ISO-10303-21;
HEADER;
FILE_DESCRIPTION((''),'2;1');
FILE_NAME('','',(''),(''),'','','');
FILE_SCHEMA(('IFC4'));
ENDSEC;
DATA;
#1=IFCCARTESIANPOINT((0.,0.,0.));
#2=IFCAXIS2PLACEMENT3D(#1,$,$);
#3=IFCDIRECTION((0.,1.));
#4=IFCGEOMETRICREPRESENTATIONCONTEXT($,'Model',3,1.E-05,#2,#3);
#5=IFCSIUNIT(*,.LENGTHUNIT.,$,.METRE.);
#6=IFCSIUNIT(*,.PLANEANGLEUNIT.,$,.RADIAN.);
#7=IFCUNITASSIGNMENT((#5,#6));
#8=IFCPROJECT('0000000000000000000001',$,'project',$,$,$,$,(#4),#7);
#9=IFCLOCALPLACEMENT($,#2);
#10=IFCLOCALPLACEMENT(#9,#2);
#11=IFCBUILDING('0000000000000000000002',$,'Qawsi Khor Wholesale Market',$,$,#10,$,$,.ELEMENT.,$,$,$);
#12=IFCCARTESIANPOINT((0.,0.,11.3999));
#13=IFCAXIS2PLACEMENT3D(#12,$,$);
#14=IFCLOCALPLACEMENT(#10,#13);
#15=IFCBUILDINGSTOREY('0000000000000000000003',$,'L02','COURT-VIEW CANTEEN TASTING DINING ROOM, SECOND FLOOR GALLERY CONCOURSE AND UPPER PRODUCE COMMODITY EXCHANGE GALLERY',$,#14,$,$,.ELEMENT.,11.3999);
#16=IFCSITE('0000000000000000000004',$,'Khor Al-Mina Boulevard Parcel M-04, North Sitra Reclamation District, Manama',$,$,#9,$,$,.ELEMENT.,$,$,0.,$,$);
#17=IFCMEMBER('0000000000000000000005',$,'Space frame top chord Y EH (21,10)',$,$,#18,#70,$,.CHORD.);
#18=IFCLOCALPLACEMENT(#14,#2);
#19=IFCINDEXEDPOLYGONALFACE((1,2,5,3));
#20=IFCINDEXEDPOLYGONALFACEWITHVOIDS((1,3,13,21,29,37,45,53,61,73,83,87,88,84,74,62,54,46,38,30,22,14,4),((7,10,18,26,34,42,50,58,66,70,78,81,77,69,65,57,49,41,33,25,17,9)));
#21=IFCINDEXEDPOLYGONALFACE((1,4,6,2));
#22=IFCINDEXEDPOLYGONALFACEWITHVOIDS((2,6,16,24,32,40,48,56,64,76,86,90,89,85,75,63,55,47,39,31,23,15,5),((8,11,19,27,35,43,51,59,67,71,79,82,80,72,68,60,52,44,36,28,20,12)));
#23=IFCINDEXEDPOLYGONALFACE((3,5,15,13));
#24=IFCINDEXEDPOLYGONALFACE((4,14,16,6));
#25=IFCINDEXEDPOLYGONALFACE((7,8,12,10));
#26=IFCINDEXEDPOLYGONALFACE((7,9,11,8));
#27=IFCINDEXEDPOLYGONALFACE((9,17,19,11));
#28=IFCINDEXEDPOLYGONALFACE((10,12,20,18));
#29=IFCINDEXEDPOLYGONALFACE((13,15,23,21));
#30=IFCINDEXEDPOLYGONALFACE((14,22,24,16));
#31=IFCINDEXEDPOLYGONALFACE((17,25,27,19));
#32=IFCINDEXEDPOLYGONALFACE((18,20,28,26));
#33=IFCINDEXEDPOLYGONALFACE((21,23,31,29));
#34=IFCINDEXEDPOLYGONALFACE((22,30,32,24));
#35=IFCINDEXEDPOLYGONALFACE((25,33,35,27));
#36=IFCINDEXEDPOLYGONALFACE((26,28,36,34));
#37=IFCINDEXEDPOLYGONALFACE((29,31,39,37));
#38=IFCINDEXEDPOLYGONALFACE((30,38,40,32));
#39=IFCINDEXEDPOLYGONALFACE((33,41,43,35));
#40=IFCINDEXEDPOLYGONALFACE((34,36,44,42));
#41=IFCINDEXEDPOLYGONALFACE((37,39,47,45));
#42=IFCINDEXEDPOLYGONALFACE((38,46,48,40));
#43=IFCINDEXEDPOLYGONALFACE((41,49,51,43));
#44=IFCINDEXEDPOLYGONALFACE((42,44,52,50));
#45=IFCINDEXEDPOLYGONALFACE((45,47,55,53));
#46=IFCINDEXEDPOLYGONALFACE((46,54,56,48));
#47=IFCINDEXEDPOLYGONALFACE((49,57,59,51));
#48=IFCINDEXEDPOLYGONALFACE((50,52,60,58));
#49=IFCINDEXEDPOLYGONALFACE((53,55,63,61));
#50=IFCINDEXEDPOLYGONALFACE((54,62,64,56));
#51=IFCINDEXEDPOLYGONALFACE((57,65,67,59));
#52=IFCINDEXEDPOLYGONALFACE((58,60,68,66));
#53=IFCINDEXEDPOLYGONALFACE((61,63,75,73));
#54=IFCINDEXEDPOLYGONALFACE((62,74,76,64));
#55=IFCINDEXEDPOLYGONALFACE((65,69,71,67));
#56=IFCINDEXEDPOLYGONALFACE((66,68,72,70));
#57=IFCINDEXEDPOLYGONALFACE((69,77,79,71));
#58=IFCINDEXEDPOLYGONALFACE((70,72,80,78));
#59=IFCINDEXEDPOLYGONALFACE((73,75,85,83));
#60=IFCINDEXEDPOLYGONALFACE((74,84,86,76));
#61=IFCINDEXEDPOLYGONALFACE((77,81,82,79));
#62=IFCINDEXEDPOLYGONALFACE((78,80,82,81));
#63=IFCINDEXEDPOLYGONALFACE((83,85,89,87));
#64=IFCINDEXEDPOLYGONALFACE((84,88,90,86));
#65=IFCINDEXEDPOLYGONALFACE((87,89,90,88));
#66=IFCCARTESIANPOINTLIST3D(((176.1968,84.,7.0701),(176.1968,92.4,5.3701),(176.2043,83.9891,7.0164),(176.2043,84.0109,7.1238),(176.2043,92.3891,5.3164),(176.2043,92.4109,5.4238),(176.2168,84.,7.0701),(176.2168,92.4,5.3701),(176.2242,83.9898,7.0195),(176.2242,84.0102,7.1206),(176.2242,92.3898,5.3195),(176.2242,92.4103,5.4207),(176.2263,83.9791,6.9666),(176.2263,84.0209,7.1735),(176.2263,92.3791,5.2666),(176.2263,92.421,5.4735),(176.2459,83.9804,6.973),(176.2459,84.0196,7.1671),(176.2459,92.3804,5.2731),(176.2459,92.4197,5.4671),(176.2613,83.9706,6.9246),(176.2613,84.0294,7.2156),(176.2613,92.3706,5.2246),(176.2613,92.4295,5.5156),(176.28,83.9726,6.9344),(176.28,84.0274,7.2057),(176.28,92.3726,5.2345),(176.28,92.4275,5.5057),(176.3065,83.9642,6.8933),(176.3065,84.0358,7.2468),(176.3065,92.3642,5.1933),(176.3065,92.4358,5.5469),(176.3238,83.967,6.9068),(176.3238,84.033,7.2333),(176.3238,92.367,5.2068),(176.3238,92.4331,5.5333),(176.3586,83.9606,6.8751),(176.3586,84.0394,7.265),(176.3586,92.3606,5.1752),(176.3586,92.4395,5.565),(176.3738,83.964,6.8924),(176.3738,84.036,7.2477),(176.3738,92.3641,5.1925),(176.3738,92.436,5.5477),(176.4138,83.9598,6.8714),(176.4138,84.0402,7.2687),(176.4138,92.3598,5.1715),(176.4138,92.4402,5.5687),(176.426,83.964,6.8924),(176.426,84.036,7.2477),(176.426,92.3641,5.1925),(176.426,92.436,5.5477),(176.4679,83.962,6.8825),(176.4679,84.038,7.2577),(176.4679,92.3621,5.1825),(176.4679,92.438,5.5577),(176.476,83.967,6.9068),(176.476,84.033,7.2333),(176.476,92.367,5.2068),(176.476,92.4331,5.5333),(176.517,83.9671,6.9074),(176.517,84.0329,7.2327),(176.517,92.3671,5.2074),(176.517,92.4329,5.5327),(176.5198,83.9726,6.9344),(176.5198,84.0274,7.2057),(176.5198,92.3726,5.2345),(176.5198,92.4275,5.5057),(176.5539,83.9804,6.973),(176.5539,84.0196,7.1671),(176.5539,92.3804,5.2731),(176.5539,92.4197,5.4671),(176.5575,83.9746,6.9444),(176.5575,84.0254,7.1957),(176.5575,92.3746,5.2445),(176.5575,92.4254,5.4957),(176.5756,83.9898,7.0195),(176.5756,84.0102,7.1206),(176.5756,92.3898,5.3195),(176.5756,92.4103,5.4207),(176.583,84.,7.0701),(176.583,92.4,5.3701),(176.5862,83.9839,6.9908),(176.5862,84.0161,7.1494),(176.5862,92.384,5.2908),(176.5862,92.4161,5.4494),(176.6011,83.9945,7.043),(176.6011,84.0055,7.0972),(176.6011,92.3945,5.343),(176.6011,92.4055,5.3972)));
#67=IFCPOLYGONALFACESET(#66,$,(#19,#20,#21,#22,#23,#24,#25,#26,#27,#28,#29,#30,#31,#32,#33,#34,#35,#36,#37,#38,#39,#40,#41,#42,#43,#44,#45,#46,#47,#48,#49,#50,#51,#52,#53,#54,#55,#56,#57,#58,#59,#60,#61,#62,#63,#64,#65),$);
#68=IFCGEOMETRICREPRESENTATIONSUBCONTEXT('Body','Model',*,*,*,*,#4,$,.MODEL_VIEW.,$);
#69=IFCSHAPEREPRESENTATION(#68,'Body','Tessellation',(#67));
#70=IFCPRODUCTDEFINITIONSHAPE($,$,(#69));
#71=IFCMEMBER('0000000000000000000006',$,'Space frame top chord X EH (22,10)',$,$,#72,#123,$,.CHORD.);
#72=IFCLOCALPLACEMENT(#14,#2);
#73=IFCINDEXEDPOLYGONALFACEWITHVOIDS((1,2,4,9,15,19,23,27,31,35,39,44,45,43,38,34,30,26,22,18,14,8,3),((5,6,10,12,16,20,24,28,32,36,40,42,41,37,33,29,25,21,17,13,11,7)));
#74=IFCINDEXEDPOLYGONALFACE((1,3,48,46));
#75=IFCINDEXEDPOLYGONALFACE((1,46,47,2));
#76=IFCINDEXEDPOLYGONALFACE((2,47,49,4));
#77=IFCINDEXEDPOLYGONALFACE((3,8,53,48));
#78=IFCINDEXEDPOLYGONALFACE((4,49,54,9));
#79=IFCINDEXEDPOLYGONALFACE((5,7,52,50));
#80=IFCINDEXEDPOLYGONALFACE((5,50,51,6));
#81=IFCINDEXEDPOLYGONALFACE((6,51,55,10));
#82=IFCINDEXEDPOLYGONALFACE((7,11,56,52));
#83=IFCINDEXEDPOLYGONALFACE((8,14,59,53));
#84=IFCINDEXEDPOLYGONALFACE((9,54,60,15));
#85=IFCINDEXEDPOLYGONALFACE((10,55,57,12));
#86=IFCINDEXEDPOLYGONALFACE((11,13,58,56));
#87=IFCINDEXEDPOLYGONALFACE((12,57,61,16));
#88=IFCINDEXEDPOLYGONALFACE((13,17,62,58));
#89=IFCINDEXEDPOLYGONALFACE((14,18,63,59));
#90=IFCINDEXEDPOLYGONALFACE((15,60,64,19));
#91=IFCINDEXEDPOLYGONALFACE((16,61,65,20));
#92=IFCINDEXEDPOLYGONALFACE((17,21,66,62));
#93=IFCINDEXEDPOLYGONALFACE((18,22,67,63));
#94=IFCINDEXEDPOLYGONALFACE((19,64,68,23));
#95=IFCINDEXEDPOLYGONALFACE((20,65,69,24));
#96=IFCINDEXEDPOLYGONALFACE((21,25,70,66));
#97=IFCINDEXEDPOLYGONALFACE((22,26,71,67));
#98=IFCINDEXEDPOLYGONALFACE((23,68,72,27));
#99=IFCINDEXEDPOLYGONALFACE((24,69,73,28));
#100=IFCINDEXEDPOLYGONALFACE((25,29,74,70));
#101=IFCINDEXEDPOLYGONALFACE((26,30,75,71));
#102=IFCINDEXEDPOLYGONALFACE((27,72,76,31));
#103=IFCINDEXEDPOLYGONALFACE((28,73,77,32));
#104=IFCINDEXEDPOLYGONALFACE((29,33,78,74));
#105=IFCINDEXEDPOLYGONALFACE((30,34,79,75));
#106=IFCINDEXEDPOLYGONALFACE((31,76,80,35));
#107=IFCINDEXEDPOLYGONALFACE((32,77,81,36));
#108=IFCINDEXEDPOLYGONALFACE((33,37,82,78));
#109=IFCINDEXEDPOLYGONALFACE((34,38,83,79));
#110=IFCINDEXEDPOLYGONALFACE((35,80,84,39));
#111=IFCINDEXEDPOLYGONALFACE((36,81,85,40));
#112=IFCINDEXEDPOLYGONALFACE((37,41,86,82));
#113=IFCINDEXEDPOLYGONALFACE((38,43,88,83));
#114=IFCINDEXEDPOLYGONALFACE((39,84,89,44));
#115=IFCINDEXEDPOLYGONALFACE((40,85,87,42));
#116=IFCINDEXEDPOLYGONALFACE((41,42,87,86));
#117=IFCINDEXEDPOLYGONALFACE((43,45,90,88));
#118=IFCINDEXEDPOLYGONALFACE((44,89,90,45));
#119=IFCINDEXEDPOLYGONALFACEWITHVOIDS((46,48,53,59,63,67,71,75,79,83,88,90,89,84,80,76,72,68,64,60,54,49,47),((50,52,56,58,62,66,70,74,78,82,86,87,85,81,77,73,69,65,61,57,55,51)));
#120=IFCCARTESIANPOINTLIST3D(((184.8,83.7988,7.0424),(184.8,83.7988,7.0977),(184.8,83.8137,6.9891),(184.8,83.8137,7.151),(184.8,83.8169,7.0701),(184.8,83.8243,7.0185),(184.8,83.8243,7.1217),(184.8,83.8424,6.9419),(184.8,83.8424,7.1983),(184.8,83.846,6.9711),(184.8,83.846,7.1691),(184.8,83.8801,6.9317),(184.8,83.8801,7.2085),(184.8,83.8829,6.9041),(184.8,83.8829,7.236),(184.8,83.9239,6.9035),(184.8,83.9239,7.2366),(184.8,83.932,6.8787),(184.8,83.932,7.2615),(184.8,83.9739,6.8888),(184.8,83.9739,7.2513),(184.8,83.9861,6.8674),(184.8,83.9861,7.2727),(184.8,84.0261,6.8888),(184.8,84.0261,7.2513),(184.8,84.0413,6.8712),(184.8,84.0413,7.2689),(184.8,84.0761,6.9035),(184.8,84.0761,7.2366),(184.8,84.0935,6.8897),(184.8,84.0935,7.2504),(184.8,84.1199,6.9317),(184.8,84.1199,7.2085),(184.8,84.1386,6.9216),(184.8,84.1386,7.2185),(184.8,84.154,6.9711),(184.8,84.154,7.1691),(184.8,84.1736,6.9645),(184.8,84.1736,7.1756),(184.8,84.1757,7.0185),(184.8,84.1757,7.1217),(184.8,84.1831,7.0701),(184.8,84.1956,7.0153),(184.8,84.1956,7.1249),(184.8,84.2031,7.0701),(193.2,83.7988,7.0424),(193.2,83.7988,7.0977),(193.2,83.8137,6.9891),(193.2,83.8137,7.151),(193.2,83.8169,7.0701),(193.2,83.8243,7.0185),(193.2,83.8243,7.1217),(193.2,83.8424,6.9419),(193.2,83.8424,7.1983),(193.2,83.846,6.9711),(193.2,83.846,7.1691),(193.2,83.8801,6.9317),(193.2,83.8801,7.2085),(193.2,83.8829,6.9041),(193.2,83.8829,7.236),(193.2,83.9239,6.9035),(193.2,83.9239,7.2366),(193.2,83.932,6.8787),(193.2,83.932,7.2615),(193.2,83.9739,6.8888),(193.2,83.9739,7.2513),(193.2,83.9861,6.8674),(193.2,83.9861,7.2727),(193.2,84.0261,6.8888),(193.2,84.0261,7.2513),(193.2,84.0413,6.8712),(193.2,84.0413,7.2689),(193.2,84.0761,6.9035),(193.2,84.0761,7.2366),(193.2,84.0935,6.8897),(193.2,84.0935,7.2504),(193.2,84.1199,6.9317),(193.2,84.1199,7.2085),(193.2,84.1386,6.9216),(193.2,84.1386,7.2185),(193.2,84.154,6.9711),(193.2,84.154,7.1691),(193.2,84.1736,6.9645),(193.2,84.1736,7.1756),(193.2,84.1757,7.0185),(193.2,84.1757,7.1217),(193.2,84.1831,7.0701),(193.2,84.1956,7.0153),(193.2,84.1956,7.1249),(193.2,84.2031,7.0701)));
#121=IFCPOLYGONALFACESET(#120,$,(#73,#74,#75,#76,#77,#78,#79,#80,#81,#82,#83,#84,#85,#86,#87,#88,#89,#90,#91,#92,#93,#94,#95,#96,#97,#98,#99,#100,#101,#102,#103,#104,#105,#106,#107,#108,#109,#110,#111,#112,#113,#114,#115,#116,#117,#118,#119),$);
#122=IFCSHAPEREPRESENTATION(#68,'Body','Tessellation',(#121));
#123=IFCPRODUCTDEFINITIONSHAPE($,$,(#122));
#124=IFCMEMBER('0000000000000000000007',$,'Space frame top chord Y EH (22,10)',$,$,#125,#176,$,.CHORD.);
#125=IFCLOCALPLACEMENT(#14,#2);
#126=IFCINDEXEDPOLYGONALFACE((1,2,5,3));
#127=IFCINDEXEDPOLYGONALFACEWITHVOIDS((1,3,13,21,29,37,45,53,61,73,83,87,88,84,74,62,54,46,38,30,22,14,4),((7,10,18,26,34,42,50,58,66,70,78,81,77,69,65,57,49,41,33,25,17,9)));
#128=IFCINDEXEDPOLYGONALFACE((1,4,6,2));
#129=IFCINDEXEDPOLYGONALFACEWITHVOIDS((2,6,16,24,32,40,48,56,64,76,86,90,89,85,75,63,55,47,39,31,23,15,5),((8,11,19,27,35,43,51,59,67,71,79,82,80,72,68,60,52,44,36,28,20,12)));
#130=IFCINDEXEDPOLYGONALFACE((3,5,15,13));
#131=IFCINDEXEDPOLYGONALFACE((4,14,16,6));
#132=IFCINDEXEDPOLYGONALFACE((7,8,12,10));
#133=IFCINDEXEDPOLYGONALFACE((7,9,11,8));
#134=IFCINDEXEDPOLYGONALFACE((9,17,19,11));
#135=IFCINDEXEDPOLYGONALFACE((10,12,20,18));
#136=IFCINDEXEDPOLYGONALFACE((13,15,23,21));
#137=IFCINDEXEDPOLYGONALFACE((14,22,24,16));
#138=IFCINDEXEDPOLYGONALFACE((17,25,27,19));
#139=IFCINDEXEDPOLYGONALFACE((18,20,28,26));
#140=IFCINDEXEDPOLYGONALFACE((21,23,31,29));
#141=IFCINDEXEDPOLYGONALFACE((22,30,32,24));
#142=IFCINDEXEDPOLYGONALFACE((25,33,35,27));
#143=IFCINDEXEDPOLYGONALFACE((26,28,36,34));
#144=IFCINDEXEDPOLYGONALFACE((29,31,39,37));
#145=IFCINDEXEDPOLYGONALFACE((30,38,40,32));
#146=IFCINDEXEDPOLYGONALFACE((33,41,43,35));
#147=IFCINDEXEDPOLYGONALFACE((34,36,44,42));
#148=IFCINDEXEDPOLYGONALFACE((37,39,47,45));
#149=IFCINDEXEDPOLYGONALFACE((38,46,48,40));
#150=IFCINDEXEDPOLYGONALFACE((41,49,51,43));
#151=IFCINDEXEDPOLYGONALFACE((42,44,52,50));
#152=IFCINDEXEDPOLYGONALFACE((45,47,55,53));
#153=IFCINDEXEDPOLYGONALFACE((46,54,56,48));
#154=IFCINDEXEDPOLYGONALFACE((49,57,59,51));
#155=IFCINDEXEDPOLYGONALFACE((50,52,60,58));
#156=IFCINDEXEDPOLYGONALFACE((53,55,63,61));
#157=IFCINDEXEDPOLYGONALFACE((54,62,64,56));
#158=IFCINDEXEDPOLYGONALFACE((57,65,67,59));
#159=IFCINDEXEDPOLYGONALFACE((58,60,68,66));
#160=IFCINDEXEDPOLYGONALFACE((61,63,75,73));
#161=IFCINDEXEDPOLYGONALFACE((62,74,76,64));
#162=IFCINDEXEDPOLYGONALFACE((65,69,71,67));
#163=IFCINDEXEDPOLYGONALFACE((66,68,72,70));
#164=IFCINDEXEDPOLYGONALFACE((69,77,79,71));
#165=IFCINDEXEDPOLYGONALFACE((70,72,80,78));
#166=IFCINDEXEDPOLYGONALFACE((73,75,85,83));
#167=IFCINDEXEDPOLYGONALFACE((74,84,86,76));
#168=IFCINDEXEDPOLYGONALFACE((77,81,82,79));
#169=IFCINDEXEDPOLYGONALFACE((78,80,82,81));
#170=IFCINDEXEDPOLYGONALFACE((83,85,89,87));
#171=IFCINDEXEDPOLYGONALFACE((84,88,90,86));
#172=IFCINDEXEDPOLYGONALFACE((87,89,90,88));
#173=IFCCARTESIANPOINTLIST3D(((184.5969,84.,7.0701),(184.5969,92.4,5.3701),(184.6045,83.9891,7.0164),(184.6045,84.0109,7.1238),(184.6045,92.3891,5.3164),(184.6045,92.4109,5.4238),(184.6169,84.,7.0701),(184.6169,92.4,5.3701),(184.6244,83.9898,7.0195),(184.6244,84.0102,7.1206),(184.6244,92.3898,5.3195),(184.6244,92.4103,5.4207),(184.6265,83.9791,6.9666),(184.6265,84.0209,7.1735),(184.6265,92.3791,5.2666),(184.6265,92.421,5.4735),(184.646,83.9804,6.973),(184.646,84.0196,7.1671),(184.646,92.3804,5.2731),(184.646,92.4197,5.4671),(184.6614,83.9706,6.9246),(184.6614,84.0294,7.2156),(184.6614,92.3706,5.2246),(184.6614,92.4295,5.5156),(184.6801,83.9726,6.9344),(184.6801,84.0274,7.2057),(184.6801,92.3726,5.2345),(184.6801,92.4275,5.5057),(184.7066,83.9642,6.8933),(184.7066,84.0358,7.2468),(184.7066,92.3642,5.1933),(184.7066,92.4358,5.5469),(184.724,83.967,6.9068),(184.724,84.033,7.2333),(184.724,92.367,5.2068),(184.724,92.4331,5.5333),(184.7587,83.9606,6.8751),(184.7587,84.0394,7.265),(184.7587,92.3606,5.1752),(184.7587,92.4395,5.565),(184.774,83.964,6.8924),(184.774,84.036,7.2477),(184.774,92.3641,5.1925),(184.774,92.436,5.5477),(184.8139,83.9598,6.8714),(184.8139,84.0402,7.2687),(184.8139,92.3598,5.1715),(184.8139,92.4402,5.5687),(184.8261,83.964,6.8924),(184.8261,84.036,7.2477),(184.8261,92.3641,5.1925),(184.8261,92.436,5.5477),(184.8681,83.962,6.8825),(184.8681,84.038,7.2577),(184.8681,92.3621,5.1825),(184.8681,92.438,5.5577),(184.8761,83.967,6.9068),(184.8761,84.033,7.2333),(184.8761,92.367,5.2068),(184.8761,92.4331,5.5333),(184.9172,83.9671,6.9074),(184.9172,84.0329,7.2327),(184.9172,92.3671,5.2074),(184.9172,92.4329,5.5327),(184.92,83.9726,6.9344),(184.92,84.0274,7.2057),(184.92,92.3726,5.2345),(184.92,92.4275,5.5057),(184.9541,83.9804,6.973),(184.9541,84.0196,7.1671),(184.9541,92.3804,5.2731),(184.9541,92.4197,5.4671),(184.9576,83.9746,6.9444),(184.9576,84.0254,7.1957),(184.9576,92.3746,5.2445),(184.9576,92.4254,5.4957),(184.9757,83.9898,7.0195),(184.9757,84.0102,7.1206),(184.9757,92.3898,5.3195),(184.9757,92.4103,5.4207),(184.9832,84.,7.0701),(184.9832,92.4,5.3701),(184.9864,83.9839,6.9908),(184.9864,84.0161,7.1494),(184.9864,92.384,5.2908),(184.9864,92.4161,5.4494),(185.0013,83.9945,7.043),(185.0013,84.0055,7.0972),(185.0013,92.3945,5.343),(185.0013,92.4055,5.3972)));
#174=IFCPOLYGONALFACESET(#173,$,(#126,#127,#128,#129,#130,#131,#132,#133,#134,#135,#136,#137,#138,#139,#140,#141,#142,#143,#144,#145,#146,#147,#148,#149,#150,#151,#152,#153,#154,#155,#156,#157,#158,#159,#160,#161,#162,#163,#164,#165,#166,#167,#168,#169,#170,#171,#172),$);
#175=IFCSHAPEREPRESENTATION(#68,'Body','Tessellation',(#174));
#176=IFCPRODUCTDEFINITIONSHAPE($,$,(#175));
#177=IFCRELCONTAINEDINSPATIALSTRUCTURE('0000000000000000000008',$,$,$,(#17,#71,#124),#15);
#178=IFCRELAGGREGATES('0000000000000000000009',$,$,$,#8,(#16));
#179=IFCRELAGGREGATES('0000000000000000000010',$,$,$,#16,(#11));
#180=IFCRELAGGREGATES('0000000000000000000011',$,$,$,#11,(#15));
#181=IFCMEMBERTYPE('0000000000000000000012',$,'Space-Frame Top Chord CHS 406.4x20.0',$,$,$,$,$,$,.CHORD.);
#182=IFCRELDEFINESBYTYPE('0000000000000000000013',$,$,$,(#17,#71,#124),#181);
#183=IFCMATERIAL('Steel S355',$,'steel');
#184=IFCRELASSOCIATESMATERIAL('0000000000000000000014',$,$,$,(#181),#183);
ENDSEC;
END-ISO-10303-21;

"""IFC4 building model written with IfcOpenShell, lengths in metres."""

from ifc_helpers import new_model, si_unit, direction, frame, origin, origin_2d, place, context, subcontext, project, spatial, hollow_circle, extrude, material, material_profile, profile_set, type_object, element, save


model = new_model("IFC4")

# Units and contexts
model_context = context("Model", 3, precision=1e-05, world=origin(), true_north=direction((0.0, 1.0)))
body_context = subcontext(model_context, "Body", "Model", "MODEL_VIEW")
ifc_project = project(units=[si_unit("LENGTHUNIT", "METRE"), si_unit("PLANEANGLEUNIT", "RADIAN")], contexts=[model_context])

# Site, building, storey
site_placement = place(None, origin())
site = spatial("IfcSite", under=ifc_project, at=site_placement, Name="Khor Al-Mina Boulevard Parcel M-04, North Sitra Reclamation District, Manama", CompositionType="ELEMENT", RefElevation=0.0)
building_placement = place(site_placement, origin())
building = spatial("IfcBuilding", under=site, at=building_placement, Name="Qawsi Khor Wholesale Market", CompositionType="ELEMENT")
storey_placement = place(building_placement, frame((0.0, 0.0, 11.3999)))
storey = spatial("IfcBuildingStorey", under=building, at=storey_placement, Name="L02", Description="COURT-VIEW CANTEEN TASTING DINING ROOM, SECOND FLOOR GALLERY CONCOURSE AND UPPER PRODUCE COMMODITY EXCHANGE GALLERY", CompositionType="ELEMENT", Elevation=11.3999)

# Members
ifc_material_1 = material(Name="Steel S355", Category="steel")
ifc_material_profile_1 = material_profile(ifc_material_1, hollow_circle(Radius=0.2031, WallThickness=0.02, at=origin_2d()), Name="CHS 406.4x20.0")
ifc_profile_set_1 = profile_set([ifc_material_profile_1], Name="Steel S355")
member_type_1 = type_object("IfcMemberType", Name="Space-Frame Top Chord CHS 406.4x20.0", PredefinedType="CHORD", material=ifc_profile_set_1)
member_1_placement = place(storey_placement, frame((176.3999, 84.0, 7.0701), z_axis=(0.0, 0.98013, -0.198356), x_axis=(-1.0, 0.0, 0.0)))
element("IfcMember", 1, at=member_1_placement, inside=storey, type_object=member_type_1, Name="Space frame top chord Y EH (21,10)", PredefinedType="CHORD", context=body_context, shape_type="SweptSolid", body=[
    extrude(hollow_circle(Radius=0.2031, WallThickness=0.02, at=origin_2d()), origin(), (0.0, 0.0, 1.0), 8.5703),
])
member_2_placement = place(storey_placement, frame((184.8, 84.0, 7.0701), z_axis=(1.0, 0.0, 0.0), x_axis=(0.0, 1.0, 0.0)))
element("IfcMember", 2, at=member_2_placement, inside=storey, type_object=member_type_1, Name="Space frame top chord X EH (22,10)", PredefinedType="CHORD", context=body_context, shape_type="SweptSolid", body=[
    extrude(hollow_circle(Radius=0.2031, WallThickness=0.02, at=origin_2d()), origin(), (0.0, 0.0, 1.0), 8.3999),
])
member_3_placement = place(storey_placement, frame((184.8, 84.0, 7.0701), z_axis=(0.0, 0.98013, -0.198356), x_axis=(-1.0, 0.0, 0.0)))
element("IfcMember", 3, at=member_3_placement, inside=storey, type_object=member_type_1, Name="Space frame top chord Y EH (22,10)", PredefinedType="CHORD", context=body_context, shape_type="SweptSolid", body=[
    extrude(hollow_circle(Radius=0.2031, WallThickness=0.02, at=origin_2d()), origin(), (0.0, 0.0, 1.0), 8.5703),
])

save(model, "model.ifc")
